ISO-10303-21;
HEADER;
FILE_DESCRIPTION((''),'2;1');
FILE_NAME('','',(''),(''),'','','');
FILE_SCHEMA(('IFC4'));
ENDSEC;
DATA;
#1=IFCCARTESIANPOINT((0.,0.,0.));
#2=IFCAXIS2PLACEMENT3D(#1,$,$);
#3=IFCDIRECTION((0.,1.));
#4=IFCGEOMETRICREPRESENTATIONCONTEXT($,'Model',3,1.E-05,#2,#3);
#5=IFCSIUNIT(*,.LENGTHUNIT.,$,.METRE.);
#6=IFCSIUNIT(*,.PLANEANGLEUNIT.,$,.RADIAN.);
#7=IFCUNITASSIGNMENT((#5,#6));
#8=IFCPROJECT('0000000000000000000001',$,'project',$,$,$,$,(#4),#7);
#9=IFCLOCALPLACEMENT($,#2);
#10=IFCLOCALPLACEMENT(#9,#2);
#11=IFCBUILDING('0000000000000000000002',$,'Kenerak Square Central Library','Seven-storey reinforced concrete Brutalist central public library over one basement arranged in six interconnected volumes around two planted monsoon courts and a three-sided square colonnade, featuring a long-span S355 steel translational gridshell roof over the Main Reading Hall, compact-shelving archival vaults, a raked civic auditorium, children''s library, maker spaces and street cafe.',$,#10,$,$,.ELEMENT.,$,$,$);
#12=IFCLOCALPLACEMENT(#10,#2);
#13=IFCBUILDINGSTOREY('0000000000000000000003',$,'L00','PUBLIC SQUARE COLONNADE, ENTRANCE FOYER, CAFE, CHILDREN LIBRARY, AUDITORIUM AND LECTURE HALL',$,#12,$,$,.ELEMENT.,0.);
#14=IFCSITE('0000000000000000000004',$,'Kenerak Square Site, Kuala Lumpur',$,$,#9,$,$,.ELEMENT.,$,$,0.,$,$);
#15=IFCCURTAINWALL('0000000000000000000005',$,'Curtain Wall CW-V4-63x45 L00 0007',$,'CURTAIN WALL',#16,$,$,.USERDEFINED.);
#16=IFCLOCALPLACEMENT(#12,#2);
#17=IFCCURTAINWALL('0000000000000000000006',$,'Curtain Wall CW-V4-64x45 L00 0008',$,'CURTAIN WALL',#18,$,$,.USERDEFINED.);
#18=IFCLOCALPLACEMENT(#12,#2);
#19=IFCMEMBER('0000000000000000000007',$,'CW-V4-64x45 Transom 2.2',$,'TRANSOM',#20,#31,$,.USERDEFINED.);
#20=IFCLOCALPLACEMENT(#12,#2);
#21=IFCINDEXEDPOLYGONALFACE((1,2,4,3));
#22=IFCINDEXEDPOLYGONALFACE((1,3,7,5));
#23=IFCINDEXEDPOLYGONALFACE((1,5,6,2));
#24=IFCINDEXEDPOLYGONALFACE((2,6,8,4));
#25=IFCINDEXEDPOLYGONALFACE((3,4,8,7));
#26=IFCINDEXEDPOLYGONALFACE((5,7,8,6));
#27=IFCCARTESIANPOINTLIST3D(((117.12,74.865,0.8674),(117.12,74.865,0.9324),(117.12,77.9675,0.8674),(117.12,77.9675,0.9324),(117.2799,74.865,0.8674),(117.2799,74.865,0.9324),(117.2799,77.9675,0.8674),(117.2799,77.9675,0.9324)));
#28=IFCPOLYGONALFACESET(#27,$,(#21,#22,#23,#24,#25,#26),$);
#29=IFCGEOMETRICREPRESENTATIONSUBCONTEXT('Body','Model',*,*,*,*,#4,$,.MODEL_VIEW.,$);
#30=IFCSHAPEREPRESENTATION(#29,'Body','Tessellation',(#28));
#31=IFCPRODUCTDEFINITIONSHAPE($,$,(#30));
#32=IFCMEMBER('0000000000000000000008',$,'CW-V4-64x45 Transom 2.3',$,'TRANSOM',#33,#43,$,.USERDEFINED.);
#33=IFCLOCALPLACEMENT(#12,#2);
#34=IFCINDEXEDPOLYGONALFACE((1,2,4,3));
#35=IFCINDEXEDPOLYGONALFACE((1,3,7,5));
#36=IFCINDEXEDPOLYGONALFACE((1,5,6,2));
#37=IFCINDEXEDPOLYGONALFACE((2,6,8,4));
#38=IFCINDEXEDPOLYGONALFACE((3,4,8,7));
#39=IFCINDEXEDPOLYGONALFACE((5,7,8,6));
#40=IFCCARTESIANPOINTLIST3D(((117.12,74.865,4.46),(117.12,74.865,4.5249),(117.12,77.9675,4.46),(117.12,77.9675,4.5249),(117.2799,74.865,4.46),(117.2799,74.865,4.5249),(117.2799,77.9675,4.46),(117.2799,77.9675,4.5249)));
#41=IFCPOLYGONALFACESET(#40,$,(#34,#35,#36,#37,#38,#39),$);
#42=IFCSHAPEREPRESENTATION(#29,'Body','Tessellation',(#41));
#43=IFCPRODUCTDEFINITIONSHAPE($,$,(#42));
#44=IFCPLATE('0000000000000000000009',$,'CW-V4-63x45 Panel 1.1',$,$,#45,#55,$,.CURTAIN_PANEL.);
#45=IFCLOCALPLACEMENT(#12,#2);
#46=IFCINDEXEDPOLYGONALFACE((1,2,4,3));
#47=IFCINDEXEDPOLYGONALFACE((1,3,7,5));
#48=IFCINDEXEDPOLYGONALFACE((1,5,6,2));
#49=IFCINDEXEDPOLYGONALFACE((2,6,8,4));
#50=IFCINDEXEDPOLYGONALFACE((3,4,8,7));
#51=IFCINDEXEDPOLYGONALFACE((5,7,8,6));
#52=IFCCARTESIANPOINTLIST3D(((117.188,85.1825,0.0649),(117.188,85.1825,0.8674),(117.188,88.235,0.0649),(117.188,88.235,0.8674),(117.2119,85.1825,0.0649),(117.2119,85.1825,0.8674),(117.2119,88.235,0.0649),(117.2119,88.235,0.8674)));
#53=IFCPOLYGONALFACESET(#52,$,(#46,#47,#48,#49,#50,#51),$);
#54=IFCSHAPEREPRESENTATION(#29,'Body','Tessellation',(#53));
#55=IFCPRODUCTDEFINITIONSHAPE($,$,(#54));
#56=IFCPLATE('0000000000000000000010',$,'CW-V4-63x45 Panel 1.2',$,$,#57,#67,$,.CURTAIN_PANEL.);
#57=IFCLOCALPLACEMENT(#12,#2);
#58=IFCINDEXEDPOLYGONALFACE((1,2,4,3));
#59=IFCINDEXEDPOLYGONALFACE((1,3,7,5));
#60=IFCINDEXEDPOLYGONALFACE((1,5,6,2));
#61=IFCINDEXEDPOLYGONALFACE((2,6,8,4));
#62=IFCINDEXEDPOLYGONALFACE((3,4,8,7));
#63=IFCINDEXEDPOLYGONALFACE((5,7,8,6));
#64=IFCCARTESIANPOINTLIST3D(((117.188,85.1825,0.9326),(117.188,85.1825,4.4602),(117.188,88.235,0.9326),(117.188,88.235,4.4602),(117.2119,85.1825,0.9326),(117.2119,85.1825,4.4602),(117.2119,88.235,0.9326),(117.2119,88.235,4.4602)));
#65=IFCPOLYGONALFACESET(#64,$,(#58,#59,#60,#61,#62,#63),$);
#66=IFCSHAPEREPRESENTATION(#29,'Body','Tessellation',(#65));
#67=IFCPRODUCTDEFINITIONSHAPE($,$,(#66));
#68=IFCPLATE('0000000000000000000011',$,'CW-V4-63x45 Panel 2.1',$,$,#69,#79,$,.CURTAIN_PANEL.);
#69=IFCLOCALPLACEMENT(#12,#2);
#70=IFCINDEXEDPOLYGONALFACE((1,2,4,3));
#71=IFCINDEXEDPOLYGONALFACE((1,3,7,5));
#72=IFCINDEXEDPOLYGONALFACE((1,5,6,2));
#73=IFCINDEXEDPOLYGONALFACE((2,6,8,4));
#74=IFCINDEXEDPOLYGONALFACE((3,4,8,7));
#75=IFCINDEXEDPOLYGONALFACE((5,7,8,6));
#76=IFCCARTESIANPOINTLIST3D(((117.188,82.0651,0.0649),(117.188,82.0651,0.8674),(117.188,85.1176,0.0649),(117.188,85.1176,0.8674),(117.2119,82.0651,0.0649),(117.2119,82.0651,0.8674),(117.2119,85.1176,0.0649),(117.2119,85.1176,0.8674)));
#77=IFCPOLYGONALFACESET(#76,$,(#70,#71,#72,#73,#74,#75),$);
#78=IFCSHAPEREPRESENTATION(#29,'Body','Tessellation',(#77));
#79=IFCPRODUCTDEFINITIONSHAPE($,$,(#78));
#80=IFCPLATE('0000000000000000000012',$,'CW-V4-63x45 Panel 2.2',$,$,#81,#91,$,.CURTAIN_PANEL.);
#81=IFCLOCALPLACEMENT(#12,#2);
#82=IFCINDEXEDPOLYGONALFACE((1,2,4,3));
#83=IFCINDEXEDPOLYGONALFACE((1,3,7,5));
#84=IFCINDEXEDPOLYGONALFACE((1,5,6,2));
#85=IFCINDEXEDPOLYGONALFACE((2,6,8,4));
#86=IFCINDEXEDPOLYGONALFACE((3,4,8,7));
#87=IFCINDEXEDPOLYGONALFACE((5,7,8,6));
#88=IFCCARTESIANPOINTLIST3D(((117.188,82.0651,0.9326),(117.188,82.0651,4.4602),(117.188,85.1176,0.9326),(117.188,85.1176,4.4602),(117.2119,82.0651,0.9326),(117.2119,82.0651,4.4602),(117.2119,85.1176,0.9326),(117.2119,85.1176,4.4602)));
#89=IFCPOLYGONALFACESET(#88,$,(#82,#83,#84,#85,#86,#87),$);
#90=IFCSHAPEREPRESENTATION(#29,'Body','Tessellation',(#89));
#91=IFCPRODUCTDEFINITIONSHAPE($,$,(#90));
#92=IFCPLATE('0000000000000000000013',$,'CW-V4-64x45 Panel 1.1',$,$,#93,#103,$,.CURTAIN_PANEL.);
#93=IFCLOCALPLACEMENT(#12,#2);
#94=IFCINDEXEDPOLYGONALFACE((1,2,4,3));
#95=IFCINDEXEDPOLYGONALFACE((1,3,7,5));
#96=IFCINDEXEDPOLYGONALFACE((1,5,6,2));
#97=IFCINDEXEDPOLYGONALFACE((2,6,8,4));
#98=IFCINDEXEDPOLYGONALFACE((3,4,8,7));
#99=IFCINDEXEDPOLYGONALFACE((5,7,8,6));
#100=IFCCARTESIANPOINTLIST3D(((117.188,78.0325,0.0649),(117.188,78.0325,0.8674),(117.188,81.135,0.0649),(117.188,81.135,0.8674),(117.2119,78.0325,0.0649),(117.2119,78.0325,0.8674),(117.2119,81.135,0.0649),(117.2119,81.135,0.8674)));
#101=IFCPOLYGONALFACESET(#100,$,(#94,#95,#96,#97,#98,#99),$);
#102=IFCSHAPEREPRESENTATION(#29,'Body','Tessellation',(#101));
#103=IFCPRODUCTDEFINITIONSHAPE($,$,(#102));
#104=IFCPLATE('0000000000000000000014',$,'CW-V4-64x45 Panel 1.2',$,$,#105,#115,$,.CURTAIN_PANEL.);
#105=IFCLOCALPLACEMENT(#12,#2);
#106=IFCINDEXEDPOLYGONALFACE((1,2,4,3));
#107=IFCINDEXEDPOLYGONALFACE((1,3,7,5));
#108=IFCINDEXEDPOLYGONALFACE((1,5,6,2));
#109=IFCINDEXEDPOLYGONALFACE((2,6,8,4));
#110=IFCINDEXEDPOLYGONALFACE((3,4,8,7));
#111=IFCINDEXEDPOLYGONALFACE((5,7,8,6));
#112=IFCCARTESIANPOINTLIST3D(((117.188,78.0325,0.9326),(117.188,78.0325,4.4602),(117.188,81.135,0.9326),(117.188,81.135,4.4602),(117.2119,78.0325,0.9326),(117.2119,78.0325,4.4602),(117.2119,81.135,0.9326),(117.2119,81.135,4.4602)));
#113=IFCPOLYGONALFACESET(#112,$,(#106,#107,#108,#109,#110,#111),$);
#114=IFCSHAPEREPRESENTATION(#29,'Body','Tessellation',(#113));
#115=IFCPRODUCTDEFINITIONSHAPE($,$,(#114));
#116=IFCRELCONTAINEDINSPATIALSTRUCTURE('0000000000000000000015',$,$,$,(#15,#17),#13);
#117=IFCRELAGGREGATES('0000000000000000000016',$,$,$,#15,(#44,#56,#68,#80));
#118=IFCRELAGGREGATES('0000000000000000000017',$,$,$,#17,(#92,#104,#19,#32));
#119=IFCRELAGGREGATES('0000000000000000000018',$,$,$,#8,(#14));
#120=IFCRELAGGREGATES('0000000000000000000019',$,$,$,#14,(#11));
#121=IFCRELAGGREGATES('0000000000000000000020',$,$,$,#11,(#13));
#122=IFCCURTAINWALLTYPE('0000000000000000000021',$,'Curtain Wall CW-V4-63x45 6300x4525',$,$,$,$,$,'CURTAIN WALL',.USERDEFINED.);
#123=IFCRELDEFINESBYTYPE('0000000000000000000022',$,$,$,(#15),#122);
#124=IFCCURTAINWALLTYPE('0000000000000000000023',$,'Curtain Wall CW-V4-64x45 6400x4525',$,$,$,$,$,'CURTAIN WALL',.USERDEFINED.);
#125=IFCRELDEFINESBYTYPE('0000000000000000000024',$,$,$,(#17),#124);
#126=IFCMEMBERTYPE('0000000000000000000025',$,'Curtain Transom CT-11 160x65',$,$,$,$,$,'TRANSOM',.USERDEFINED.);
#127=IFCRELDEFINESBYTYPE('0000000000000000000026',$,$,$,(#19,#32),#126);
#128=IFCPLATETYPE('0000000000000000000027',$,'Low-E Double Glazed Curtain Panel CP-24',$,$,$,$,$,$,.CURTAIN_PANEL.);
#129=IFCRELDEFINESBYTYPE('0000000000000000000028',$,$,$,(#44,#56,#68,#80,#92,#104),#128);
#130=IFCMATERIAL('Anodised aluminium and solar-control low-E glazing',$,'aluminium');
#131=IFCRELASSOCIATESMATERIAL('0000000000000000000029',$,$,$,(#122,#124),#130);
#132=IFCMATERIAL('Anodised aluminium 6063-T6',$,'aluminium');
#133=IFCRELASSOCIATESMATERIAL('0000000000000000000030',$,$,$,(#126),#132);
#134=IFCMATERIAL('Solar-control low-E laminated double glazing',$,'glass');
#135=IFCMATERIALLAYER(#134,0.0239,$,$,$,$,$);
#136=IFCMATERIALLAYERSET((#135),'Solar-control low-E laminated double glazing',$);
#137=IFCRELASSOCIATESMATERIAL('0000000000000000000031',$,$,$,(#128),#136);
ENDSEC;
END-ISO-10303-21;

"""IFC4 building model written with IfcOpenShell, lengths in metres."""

from ifc_helpers import new_model, si_unit, direction, frame, origin, origin_2d, place, context, subcontext, project, spatial, rectangle, extrude, material, layer, layer_set, material_profile, profile_set, type_object, element, aggregate, save


model = new_model("IFC4")

# Units and contexts
model_context = context("Model", 3, precision=1e-05, world=origin(), true_north=direction((0.0, 1.0)))
body_context = subcontext(model_context, "Body", "Model", "MODEL_VIEW")
ifc_project = project(units=[si_unit("LENGTHUNIT", "METRE"), si_unit("PLANEANGLEUNIT", "RADIAN")], contexts=[model_context])

# Site, building, storey
site_placement = place(None, origin())
site = spatial("IfcSite", under=ifc_project, at=site_placement, Name="Kenerak Square Site, Kuala Lumpur", CompositionType="ELEMENT", RefElevation=0.0)
building_placement = place(site_placement, origin())
building = spatial("IfcBuilding", under=site, at=building_placement, Name="Kenerak Square Central Library", Description="Seven-storey reinforced concrete Brutalist central public library over one basement arranged in six interconnected volumes around two planted monsoon courts and a three-sided square colonnade, featuring a long-span S355 steel translational gridshell roof over the Main Reading Hall, compact-shelving archival vaults, a raked civic auditorium, children's library, maker spaces and street cafe.", CompositionType="ELEMENT")
storey_placement = place(building_placement, origin())
storey = spatial("IfcBuildingStorey", under=building, at=storey_placement, Name="L00", Description="PUBLIC SQUARE COLONNADE, ENTRANCE FOYER, CAFE, CHILDREN LIBRARY, AUDITORIUM AND LECTURE HALL", CompositionType="ELEMENT", Elevation=0.0)

# Curtain walls
ifc_material_1 = material(Name="Anodised aluminium and solar-control low-E glazing", Category="aluminium")
curtain_wall_type_1 = type_object("IfcCurtainWallType", Name="Curtain Wall CW-V4-63x45 6300x4525", ElementType="CURTAIN WALL", PredefinedType="USERDEFINED", material=ifc_material_1)
curtain_wall_1_placement = place(storey_placement, origin())
curtain_wall_1 = element("IfcCurtainWall", 1, at=curtain_wall_1_placement, inside=storey, type_object=curtain_wall_type_1, Name="Curtain Wall CW-V4-63x45 L00 0007", ObjectType="CURTAIN WALL", PredefinedType="USERDEFINED")
ifc_material_2 = material(Name="Anodised aluminium 6063-T6", Category="aluminium")
curtain_wall_type_2 = type_object("IfcCurtainWallType", Name="Curtain Wall CW-V4-64x45 6400x4525", ElementType="CURTAIN WALL", PredefinedType="USERDEFINED", material=ifc_material_1)
curtain_wall_2_placement = place(storey_placement, origin())
curtain_wall_2 = element("IfcCurtainWall", 2, at=curtain_wall_2_placement, inside=storey, type_object=curtain_wall_type_2, Name="Curtain Wall CW-V4-64x45 L00 0008", ObjectType="CURTAIN WALL", PredefinedType="USERDEFINED")

# Members
ifc_material_profile_1 = material_profile(ifc_material_2, rectangle(XDim=0.1599, YDim=0.0649, at=origin_2d()), Name="AL TRANSOM 160x65")
ifc_profile_set_1 = profile_set([ifc_material_profile_1], Name="Anodised aluminium 6063-T6")
member_type_1 = type_object("IfcMemberType", Name="Curtain Transom CT-11 160x65", ElementType="TRANSOM", PredefinedType="USERDEFINED", material=ifc_profile_set_1)
member_1_placement = place(storey_placement, frame((117.2, 77.9675, 0.8999), z_axis=(0.0, -1.0, 0.0), x_axis=(1.0, 0.0, 0.0)))
member_1 = element("IfcMember", 3, at=member_1_placement, type_object=member_type_1, Name="CW-V4-64x45 Transom 2.2", ObjectType="TRANSOM", PredefinedType="USERDEFINED", context=body_context, shape_type="SweptSolid", body=[
    extrude(rectangle(XDim=0.1599, YDim=0.0649, at=origin_2d()), origin(), (0.0, 0.0, 1.0), 3.1025),
])
member_2_placement = place(storey_placement, frame((117.2, 77.9675, 4.4924), z_axis=(0.0, -1.0, 0.0), x_axis=(1.0, 0.0, 0.0)))
member_2 = element("IfcMember", 4, at=member_2_placement, type_object=member_type_1, Name="CW-V4-64x45 Transom 2.3", ObjectType="TRANSOM", PredefinedType="USERDEFINED", context=body_context, shape_type="SweptSolid", body=[
    extrude(rectangle(XDim=0.1599, YDim=0.0649, at=origin_2d()), origin(), (0.0, 0.0, 1.0), 3.1025),
])

# Plates
ifc_material_3 = material(Name="Solar-control low-E laminated double glazing", Category="glass")
ifc_layer = layer(ifc_material_3, 0.0239)
ifc_layer_set = layer_set([ifc_layer], Name="Solar-control low-E laminated double glazing")
plate_type = type_object("IfcPlateType", Name="Low-E Double Glazed Curtain Panel CP-24", PredefinedType="CURTAIN_PANEL", material=ifc_layer_set)
plate_1_placement = place(storey_placement, frame((117.2, 86.7087, 0.0649), z_axis=(0.0, 0.0, 1.0), x_axis=(0.0, -1.0, 0.0)))
plate_1 = element("IfcPlate", 5, at=plate_1_placement, type_object=plate_type, Name="CW-V4-63x45 Panel 1.1", PredefinedType="CURTAIN_PANEL", context=body_context, shape_type="SweptSolid", body=[
    extrude(rectangle(XDim=3.0525, YDim=0.0239, at=origin_2d()), origin(), (0.0, 0.0, 1.0), 0.8025),
])
plate_2_placement = place(storey_placement, frame((117.2, 86.7087, 0.9326), z_axis=(0.0, 0.0, 1.0), x_axis=(0.0, -1.0, 0.0)))
plate_2 = element("IfcPlate", 6, at=plate_2_placement, type_object=plate_type, Name="CW-V4-63x45 Panel 1.2", PredefinedType="CURTAIN_PANEL", context=body_context, shape_type="SweptSolid", body=[
    extrude(rectangle(XDim=3.0525, YDim=0.0239, at=origin_2d()), origin(), (0.0, 0.0, 1.0), 3.5276),
])
plate_3_placement = place(storey_placement, frame((117.2, 83.5913, 0.0649), z_axis=(0.0, 0.0, 1.0), x_axis=(0.0, -1.0, 0.0)))
plate_3 = element("IfcPlate", 7, at=plate_3_placement, type_object=plate_type, Name="CW-V4-63x45 Panel 2.1", PredefinedType="CURTAIN_PANEL", context=body_context, shape_type="SweptSolid", body=[
    extrude(rectangle(XDim=3.0525, YDim=0.0239, at=origin_2d()), origin(), (0.0, 0.0, 1.0), 0.8025),
])
plate_4_placement = place(storey_placement, frame((117.2, 83.5913, 0.9326), z_axis=(0.0, 0.0, 1.0), x_axis=(0.0, -1.0, 0.0)))
plate_4 = element("IfcPlate", 8, at=plate_4_placement, type_object=plate_type, Name="CW-V4-63x45 Panel 2.2", PredefinedType="CURTAIN_PANEL", context=body_context, shape_type="SweptSolid", body=[
    extrude(rectangle(XDim=3.0525, YDim=0.0239, at=origin_2d()), origin(), (0.0, 0.0, 1.0), 3.5276),
])
aggregate(curtain_wall_1, [plate_1, plate_2, plate_3, plate_4])
plate_5_placement = place(storey_placement, frame((117.2, 79.5837, 0.0649), z_axis=(0.0, 0.0, 1.0), x_axis=(0.0, -1.0, 0.0)))
plate_5 = element("IfcPlate", 9, at=plate_5_placement, type_object=plate_type, Name="CW-V4-64x45 Panel 1.1", PredefinedType="CURTAIN_PANEL", context=body_context, shape_type="SweptSolid", body=[
    extrude(rectangle(XDim=3.1025, YDim=0.0239, at=origin_2d()), origin(), (0.0, 0.0, 1.0), 0.8025),
])
plate_6_placement = place(storey_placement, frame((117.2, 79.5837, 0.9326), z_axis=(0.0, 0.0, 1.0), x_axis=(0.0, -1.0, 0.0)))
plate_6 = element("IfcPlate", 10, at=plate_6_placement, type_object=plate_type, Name="CW-V4-64x45 Panel 1.2", PredefinedType="CURTAIN_PANEL", context=body_context, shape_type="SweptSolid", body=[
    extrude(rectangle(XDim=3.1025, YDim=0.0239, at=origin_2d()), origin(), (0.0, 0.0, 1.0), 3.5276),
])
aggregate(curtain_wall_2, [plate_5, plate_6, member_1, member_2])

save(model, "model.ifc")
